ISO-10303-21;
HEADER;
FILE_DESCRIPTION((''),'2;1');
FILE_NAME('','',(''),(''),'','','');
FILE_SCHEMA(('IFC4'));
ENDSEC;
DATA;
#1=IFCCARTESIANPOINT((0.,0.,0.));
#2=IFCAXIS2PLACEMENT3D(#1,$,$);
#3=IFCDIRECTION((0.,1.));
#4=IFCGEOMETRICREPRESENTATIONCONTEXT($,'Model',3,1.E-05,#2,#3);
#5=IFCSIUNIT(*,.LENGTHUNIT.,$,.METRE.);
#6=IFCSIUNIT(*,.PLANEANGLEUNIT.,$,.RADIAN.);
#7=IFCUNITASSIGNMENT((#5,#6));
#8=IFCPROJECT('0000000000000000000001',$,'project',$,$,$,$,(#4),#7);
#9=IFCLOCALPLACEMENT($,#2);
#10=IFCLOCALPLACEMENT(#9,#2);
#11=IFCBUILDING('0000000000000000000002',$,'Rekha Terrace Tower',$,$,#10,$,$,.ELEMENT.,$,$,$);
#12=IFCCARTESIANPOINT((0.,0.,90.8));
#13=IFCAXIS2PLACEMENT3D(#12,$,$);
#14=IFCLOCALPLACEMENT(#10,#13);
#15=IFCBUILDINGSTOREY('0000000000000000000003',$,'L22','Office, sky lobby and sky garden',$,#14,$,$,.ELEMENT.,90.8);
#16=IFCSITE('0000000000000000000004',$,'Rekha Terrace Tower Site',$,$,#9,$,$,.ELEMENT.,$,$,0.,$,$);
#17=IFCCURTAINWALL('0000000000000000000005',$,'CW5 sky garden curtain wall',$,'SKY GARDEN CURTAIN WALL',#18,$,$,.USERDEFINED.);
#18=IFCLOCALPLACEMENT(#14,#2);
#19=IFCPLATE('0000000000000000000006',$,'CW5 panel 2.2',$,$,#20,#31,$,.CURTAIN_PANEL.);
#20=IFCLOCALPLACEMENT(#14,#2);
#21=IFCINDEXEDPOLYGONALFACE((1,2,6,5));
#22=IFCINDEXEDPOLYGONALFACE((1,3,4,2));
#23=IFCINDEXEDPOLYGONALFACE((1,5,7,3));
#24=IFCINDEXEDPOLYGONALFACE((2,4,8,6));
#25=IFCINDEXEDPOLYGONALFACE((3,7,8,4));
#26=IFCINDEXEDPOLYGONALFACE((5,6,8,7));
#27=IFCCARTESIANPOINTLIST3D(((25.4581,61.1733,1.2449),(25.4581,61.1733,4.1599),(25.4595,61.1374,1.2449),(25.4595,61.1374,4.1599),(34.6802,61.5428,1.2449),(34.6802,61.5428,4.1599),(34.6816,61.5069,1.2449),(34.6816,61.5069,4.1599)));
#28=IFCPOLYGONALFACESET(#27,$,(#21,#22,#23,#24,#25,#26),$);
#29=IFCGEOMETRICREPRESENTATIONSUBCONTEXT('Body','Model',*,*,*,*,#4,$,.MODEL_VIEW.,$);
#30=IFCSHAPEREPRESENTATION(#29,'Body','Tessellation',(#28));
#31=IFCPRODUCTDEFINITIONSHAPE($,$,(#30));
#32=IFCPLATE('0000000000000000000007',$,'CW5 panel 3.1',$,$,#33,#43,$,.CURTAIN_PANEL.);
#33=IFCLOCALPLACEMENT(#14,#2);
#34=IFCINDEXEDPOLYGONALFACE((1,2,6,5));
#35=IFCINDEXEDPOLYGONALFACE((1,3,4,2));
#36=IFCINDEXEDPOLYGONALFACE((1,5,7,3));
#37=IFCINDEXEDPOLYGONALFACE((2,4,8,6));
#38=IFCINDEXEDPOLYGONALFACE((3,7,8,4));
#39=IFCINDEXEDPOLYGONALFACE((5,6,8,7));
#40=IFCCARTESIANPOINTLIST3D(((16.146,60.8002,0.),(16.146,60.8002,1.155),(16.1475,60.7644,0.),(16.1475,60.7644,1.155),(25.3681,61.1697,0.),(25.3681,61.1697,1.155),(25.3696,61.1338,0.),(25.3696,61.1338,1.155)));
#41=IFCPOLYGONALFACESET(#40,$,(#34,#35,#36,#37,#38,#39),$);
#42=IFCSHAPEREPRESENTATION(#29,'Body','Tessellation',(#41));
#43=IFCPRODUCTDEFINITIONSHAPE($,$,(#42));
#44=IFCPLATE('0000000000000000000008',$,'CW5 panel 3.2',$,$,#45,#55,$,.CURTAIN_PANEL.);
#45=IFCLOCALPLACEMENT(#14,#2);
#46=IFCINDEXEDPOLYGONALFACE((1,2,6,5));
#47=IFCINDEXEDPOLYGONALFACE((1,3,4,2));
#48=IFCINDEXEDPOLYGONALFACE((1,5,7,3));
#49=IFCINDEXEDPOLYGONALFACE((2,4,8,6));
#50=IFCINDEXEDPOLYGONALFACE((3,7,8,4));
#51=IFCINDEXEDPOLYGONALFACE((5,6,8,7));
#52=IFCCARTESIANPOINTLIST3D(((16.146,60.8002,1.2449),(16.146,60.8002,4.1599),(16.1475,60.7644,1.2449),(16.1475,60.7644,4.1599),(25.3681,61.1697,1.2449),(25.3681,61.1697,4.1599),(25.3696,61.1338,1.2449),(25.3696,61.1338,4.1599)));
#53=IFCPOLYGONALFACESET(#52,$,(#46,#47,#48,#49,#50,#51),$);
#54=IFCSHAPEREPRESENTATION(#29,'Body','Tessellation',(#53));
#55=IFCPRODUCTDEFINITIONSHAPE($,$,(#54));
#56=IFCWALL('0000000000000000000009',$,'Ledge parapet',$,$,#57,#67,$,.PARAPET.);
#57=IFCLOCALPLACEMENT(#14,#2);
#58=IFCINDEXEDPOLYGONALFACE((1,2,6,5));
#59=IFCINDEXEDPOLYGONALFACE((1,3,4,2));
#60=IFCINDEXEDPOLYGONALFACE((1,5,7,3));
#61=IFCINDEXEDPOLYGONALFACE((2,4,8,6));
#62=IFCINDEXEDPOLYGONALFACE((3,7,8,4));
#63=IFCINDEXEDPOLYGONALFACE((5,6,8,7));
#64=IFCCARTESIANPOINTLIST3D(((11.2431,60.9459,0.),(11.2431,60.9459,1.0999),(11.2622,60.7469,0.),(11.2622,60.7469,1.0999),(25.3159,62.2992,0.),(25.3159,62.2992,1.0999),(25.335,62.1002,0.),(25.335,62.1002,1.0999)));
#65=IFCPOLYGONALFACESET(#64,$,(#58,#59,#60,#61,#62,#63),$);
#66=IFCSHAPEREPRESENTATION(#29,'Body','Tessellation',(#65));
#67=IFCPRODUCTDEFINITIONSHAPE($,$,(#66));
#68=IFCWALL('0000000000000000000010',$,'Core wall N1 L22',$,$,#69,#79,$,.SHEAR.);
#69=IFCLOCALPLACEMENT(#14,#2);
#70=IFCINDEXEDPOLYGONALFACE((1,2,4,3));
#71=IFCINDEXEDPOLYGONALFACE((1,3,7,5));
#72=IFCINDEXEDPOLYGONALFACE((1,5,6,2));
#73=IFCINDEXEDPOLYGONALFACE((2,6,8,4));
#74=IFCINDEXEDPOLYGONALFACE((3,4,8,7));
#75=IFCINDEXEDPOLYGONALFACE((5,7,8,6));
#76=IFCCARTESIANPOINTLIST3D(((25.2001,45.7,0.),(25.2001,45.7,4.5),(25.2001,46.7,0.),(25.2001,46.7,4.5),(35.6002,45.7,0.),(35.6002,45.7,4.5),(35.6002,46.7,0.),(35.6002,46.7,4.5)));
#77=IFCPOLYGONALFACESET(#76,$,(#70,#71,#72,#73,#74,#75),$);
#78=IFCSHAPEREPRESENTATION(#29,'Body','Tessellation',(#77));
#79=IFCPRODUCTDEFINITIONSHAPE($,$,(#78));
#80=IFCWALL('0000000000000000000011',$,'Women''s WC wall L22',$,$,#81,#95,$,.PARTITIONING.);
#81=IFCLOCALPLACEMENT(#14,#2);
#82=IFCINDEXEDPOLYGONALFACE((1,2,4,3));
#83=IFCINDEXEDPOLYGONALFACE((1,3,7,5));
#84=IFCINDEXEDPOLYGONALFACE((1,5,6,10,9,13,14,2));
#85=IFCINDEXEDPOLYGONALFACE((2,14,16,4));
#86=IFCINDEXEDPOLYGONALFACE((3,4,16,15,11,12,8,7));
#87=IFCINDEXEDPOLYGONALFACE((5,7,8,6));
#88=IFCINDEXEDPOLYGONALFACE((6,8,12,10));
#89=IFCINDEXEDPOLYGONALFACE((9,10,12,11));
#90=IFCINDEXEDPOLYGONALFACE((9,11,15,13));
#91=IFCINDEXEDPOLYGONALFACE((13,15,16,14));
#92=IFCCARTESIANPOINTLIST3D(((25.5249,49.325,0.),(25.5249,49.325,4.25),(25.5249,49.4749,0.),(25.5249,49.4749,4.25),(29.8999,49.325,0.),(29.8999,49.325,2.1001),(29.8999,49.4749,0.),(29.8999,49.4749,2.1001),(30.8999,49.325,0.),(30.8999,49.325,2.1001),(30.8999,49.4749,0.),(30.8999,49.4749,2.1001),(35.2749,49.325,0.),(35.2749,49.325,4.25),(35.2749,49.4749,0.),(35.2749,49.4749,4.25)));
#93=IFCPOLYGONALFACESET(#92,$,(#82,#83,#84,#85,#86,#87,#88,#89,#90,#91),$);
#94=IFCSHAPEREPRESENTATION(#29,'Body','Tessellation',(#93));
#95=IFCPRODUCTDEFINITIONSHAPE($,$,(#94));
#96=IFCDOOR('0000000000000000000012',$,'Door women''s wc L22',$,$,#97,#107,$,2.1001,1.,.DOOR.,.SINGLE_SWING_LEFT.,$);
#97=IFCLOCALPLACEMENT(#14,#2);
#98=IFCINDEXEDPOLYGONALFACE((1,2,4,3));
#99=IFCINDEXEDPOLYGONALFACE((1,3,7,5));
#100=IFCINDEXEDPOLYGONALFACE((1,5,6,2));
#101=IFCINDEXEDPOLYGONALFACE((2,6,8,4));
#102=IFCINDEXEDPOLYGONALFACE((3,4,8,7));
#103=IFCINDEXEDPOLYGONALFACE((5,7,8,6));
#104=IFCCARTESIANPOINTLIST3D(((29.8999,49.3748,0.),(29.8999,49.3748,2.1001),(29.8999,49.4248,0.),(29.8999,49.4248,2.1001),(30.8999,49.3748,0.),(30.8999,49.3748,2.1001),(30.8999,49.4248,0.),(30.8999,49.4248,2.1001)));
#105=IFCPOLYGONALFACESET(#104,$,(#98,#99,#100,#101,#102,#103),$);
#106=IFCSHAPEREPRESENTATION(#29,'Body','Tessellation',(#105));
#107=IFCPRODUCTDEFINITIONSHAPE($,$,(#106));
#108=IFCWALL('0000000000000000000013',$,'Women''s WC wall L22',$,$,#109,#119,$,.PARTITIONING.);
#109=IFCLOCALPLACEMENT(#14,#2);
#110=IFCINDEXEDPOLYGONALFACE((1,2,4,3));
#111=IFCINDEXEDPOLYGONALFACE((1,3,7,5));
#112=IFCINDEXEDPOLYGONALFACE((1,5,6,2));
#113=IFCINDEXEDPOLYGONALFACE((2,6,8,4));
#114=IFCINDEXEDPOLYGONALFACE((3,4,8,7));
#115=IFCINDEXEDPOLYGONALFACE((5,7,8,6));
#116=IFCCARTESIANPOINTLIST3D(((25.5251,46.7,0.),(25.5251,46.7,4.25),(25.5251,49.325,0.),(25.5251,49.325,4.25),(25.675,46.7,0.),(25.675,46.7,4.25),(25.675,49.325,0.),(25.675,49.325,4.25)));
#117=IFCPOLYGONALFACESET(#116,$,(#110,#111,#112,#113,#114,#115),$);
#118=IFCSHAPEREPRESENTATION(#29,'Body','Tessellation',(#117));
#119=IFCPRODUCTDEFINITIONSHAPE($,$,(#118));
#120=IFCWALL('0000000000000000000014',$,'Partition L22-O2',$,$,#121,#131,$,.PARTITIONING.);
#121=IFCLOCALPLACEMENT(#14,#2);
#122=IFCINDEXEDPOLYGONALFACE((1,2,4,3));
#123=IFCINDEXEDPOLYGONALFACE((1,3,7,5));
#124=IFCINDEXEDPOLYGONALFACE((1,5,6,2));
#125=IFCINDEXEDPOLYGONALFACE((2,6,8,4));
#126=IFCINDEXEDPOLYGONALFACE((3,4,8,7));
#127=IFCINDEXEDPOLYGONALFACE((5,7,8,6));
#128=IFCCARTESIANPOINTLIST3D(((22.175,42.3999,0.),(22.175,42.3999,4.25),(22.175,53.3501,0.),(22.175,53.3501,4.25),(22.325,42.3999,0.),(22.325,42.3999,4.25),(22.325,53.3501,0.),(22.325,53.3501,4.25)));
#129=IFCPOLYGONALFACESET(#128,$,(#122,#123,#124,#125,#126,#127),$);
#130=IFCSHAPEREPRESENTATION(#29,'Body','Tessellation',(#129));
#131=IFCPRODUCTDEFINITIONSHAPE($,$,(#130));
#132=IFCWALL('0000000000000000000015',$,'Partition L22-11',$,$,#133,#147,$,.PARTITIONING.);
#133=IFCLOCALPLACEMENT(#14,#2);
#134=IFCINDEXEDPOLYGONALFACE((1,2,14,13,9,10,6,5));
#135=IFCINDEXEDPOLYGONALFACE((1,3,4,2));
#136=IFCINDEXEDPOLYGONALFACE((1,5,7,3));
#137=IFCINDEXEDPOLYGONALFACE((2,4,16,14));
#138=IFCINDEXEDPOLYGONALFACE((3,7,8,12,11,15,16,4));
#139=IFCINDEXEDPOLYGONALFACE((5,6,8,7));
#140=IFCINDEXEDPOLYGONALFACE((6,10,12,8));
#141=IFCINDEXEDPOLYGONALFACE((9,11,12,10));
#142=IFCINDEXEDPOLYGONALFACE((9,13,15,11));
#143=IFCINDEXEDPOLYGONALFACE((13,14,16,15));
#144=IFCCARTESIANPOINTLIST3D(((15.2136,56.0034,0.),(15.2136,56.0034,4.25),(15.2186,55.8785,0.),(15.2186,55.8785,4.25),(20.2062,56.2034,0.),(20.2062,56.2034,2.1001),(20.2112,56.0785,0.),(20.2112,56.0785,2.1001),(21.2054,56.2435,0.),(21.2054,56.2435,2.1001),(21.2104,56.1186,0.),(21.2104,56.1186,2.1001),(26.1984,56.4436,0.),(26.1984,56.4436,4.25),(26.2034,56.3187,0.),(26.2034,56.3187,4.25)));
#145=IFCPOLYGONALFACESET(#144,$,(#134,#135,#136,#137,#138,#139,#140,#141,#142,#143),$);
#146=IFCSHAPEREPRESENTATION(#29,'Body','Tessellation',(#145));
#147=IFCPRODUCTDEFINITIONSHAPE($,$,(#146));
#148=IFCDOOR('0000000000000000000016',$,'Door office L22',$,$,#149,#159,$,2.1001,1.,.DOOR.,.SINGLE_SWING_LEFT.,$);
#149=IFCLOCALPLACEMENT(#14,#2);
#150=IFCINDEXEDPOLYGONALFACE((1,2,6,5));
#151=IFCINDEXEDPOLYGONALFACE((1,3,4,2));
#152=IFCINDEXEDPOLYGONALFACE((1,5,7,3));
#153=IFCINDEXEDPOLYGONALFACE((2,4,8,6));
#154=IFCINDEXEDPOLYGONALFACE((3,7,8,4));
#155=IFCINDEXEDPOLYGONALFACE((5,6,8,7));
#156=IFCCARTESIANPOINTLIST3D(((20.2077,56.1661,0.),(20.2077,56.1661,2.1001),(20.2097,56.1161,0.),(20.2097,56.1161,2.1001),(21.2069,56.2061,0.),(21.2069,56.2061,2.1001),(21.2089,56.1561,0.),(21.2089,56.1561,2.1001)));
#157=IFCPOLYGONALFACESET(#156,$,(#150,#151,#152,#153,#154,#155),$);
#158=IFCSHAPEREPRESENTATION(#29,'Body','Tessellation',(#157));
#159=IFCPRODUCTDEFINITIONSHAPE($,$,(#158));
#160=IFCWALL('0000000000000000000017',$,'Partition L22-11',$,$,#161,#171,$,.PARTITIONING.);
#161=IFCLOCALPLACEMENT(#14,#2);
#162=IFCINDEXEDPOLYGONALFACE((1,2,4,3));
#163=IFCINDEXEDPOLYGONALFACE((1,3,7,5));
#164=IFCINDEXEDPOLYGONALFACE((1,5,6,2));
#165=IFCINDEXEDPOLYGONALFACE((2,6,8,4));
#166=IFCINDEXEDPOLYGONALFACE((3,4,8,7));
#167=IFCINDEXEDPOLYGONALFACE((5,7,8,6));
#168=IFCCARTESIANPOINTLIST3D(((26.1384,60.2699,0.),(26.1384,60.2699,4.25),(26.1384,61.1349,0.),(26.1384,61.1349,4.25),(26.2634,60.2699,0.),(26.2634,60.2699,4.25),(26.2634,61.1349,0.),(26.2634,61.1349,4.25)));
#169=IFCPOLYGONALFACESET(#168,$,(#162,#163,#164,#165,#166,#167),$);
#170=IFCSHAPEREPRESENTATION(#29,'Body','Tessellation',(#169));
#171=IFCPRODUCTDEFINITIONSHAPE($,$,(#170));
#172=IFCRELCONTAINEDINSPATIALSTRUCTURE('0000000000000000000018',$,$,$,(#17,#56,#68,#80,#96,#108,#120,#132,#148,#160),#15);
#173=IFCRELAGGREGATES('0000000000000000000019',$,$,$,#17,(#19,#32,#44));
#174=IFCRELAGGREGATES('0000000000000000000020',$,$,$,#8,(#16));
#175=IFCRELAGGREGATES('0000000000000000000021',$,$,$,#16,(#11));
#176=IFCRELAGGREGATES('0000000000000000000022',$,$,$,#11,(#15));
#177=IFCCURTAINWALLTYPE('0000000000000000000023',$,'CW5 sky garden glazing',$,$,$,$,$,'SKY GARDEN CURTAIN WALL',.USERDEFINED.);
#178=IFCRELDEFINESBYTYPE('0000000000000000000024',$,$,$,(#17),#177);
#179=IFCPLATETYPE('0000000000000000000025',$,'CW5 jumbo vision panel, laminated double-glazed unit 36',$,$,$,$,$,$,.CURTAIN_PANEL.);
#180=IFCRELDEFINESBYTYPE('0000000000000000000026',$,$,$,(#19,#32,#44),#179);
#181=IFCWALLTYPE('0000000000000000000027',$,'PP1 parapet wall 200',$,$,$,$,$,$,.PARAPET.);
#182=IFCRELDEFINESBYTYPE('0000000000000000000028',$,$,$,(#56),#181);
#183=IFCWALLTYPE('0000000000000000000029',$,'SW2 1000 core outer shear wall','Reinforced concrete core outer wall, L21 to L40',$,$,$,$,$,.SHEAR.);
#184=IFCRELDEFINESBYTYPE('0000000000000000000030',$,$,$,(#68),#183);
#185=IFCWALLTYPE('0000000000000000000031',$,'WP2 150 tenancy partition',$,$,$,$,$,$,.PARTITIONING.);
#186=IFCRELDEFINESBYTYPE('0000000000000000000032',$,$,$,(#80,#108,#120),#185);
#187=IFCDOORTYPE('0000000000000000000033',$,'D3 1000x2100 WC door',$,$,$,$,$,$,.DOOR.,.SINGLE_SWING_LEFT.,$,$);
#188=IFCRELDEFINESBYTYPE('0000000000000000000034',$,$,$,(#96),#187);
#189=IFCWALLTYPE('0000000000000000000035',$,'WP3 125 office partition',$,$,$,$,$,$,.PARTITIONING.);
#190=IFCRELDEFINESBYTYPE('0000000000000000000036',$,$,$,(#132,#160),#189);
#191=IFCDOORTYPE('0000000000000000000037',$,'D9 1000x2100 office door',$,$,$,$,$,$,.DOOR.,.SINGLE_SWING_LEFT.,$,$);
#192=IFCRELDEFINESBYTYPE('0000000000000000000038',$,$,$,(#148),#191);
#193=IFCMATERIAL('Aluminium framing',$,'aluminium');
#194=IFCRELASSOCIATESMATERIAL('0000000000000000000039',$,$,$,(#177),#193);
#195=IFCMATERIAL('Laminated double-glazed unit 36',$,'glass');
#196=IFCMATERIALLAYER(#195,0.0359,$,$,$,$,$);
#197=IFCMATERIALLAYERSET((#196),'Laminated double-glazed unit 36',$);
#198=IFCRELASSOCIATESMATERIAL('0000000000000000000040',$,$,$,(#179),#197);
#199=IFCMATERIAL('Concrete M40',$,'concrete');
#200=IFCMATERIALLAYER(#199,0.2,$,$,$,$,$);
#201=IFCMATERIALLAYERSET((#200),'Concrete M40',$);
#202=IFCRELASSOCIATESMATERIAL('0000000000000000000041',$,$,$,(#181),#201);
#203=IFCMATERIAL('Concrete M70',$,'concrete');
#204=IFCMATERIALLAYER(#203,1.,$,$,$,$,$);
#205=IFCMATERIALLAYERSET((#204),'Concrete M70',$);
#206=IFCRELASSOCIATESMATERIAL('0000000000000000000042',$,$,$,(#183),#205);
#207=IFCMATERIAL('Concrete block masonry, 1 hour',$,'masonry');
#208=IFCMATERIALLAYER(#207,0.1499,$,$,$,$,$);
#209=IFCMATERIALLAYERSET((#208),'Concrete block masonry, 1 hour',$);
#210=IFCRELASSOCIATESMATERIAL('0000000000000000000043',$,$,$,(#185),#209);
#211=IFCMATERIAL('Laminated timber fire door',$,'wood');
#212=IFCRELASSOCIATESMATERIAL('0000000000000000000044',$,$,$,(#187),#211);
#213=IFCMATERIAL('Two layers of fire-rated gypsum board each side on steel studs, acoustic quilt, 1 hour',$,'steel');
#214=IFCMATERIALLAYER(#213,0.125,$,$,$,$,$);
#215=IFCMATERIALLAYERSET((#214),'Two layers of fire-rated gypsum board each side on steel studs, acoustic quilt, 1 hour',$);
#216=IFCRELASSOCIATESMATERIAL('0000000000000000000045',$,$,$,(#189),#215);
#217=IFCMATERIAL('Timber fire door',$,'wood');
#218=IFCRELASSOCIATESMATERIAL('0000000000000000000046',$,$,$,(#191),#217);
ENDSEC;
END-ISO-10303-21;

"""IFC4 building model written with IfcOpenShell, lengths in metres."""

from ifc_helpers import new_model, si_unit, direction, frame, frame_2d, origin, origin_2d, place, context, subcontext, project, spatial, rectangle, extrude, material, layer, layer_set, type_object, element, fill, aggregate, save


model = new_model("IFC4")

# Units and contexts
model_context = context("Model", 3, precision=1e-05, world=origin(), true_north=direction((0.0, 1.0)))
body_context = subcontext(model_context, "Body", "Model", "MODEL_VIEW")
ifc_project = project(units=[si_unit("LENGTHUNIT", "METRE"), si_unit("PLANEANGLEUNIT", "RADIAN")], contexts=[model_context])

# Site, building, storey
site_placement = place(None, origin())
site = spatial("IfcSite", under=ifc_project, at=site_placement, Name="Rekha Terrace Tower Site", CompositionType="ELEMENT", RefElevation=0.0)
building_placement = place(site_placement, origin())
building = spatial("IfcBuilding", under=site, at=building_placement, Name="Rekha Terrace Tower", CompositionType="ELEMENT")
storey_placement = place(building_placement, frame((0.0, 0.0, 90.8)))
storey = spatial("IfcBuildingStorey", under=building, at=storey_placement, Name="L22", Description="Office, sky lobby and sky garden", CompositionType="ELEMENT", Elevation=90.8)

# Shared definitions
ifc_material_1 = material(Name="Concrete M70", Category="concrete")

# Curtain wall, plates
ifc_material_2 = material(Name="Aluminium framing", Category="aluminium")
curtain_wall_type = type_object("IfcCurtainWallType", Name="CW5 sky garden glazing", ElementType="SKY GARDEN CURTAIN WALL", PredefinedType="USERDEFINED", material=ifc_material_2)
curtain_wall_placement = place(storey_placement, origin())
curtain_wall = element("IfcCurtainWall", 1, at=curtain_wall_placement, inside=storey, type_object=curtain_wall_type, Name="CW5 sky garden curtain wall", ObjectType="SKY GARDEN CURTAIN WALL", PredefinedType="USERDEFINED")
ifc_material_3 = material(Name="Laminated double-glazed unit 36", Category="glass")
ifc_layer_1 = layer(ifc_material_3, 0.0359)
ifc_layer_set_1 = layer_set([ifc_layer_1], Name="Laminated double-glazed unit 36")
plate_type = type_object("IfcPlateType", Name="CW5 jumbo vision panel, laminated double-glazed unit 36", PredefinedType="CURTAIN_PANEL", material=ifc_layer_set_1)
plate_1_placement = place(storey_placement, frame((30.0698, 61.3401, 1.2449), z_axis=(0.0, 0.0, 1.0), x_axis=(-0.999198, -0.040032, 0.0)))
plate_1 = element("IfcPlate", 2, at=plate_1_placement, type_object=plate_type, Name="CW5 panel 2.2", PredefinedType="CURTAIN_PANEL", context=body_context, shape_type="SweptSolid", body=[
    extrude(rectangle(XDim=9.2295, YDim=0.0359, at=origin_2d()), origin(), (0.0, 0.0, 1.0), 2.915),
])
plate_2_placement = place(storey_placement, frame((20.7578, 60.967, 0.0), z_axis=(0.0, 0.0, 1.0), x_axis=(-0.999198, -0.040032, 0.0)))
plate_2 = element("IfcPlate", 3, at=plate_2_placement, type_object=plate_type, Name="CW5 panel 3.1", PredefinedType="CURTAIN_PANEL", context=body_context, shape_type="SweptSolid", body=[
    extrude(rectangle(XDim=9.2295, YDim=0.0359, at=origin_2d()), origin(), (0.0, 0.0, 1.0), 1.155),
])
plate_3_placement = place(storey_placement, frame((20.7578, 60.967, 1.2449), z_axis=(0.0, 0.0, 1.0), x_axis=(-0.999198, -0.040032, 0.0)))
plate_3 = element("IfcPlate", 4, at=plate_3_placement, type_object=plate_type, Name="CW5 panel 3.2", PredefinedType="CURTAIN_PANEL", context=body_context, shape_type="SweptSolid", body=[
    extrude(rectangle(XDim=9.2295, YDim=0.0359, at=origin_2d()), origin(), (0.0, 0.0, 1.0), 2.915),
])
aggregate(curtain_wall, [plate_1, plate_2, plate_3])

# Walls
ifc_material_4 = material(Name="Concrete M40", Category="concrete")
ifc_layer_2 = layer(ifc_material_4, 0.2)
ifc_layer_set_2 = layer_set([ifc_layer_2], Name="Concrete M40")
wall_type_1 = type_object("IfcWallType", Name="PP1 parapet wall 200", PredefinedType="PARAPET", material=ifc_layer_set_2)
wall_1_placement = place(storey_placement, frame((25.3254, 62.1997, 0.0), z_axis=(0.0, 0.0, 1.0), x_axis=(-0.995408, -0.095721, 0.0)))
element("IfcWall", 5, at=wall_1_placement, inside=storey, type_object=wall_type_1, Name="Ledge parapet", PredefinedType="PARAPET", context=body_context, shape_type="SweptSolid", body=[
    extrude(rectangle(XDim=14.1377, YDim=0.2, at=frame_2d((7.0688, 0.0))), origin(), (0.0, 0.0, 1.0), 1.0999),
])
ifc_layer_3 = layer(ifc_material_1, 1.0)
ifc_layer_set_3 = layer_set([ifc_layer_3], Name="Concrete M70")
wall_type_2 = type_object("IfcWallType", Name="SW2 1000 core outer shear wall", Description="Reinforced concrete core outer wall, L21 to L40", PredefinedType="SHEAR", material=ifc_layer_set_3)
wall_2_placement = place(storey_placement, frame((25.2, 46.2, 0.0), z_axis=(0.0, 0.0, 1.0), x_axis=(1.0, 0.0, 0.0)))
element("IfcWall", 6, at=wall_2_placement, inside=storey, type_object=wall_type_2, Name="Core wall N1 L22", PredefinedType="SHEAR", context=body_context, shape_type="SweptSolid", body=[
    extrude(rectangle(XDim=10.4001, YDim=1.0, at=frame_2d((5.2002, 0.0))), origin(), (0.0, 0.0, 1.0), 4.5),
])

# Wall, opening, door
ifc_material_5 = material(Name="Concrete block masonry, 1 hour", Category="masonry")
ifc_layer_4 = layer(ifc_material_5, 0.1499)
ifc_layer_set_4 = layer_set([ifc_layer_4], Name="Concrete block masonry, 1 hour")
wall_type_3 = type_object("IfcWallType", Name="WP2 150 tenancy partition", PredefinedType="PARTITIONING", material=ifc_layer_set_4)
wall_3_placement = place(storey_placement, frame((25.5249, 49.3999, 0.0), z_axis=(0.0, 0.0, 1.0), x_axis=(1.0, 0.0, 0.0)))
wall_3 = element("IfcWall", 7, at=wall_3_placement, inside=storey, type_object=wall_type_3, Name="Women's WC wall L22", PredefinedType="PARTITIONING", context=body_context, shape_type="SweptSolid", body=[
    extrude(rectangle(XDim=9.75, YDim=0.1499, at=frame_2d((4.875, 0.0))), origin(), (0.0, 0.0, 1.0), 4.25),
])
opening_1_placement = place(wall_3_placement, frame((4.375, 0.0, 0.0)))
opening_1 = element("IfcOpeningElement", 8, at=opening_1_placement, cuts=wall_3, PredefinedType="OPENING", context=body_context, shape_type="SweptSolid", body=[
    extrude(rectangle(XDim=1.0, YDim=2.1001, at=frame_2d((0.5, 1.05))), frame((0.0, 0.085, 0.0), z_axis=(0.0, -1.0, 0.0), x_axis=(1.0, 0.0, 0.0)), (0.0, 0.0, 1.0), 0.1699),
])
ifc_material_6 = material(Name="Laminated timber fire door", Category="wood")
door_type_1 = type_object("IfcDoorType", Name="D3 1000x2100 WC door", OperationType="SINGLE_SWING_LEFT", PredefinedType="DOOR", material=ifc_material_6)
door_1_placement = place(opening_1_placement, origin())
door_1 = element("IfcDoor", 9, at=door_1_placement, inside=storey, type_object=door_type_1, Name="Door women's wc L22", OperationType="SINGLE_SWING_LEFT", OverallHeight=2.1001, OverallWidth=1.0, PredefinedType="DOOR", context=body_context, shape_type="SweptSolid", body=[
    extrude(rectangle(XDim=1.0, YDim=2.1001, at=frame_2d((0.5, 1.05))), frame((0.0, 0.0249, 0.0), z_axis=(0.0, -1.0, 0.0), x_axis=(1.0, 0.0, 0.0)), (0.0, 0.0, 1.0), 0.05),
])
fill(opening_1, door_1)

# Walls
wall_4_placement = place(storey_placement, frame((25.6001, 46.7, 0.0), z_axis=(0.0, 0.0, 1.0), x_axis=(0.0, 1.0, 0.0)))
element("IfcWall", 10, at=wall_4_placement, inside=storey, type_object=wall_type_3, Name="Women's WC wall L22", PredefinedType="PARTITIONING", context=body_context, shape_type="SweptSolid", body=[
    extrude(rectangle(XDim=2.625, YDim=0.1499, at=frame_2d((1.3125, 0.0))), origin(), (0.0, 0.0, 1.0), 4.25),
])
wall_5_placement = place(storey_placement, frame((22.25, 53.3501, 0.0), z_axis=(0.0, 0.0, 1.0), x_axis=(0.0, -1.0, 0.0)))
element("IfcWall", 11, at=wall_5_placement, inside=storey, type_object=wall_type_3, Name="Partition L22-O2", PredefinedType="PARTITIONING", context=body_context, shape_type="SweptSolid", body=[
    extrude(rectangle(XDim=10.9502, YDim=0.1499, at=frame_2d((5.4751, 0.0))), origin(), (0.0, 0.0, 1.0), 4.25),
])

# Wall, opening, door
ifc_material_7 = material(Name="Two layers of fire-rated gypsum board each side on steel studs, acoustic quilt, 1 hour", Category="steel")
ifc_layer_5 = layer(ifc_material_7, 0.125)
ifc_layer_set_5 = layer_set([ifc_layer_5], Name="Two layers of fire-rated gypsum board each side on steel studs, acoustic quilt, 1 hour")
wall_type_4 = type_object("IfcWallType", Name="WP3 125 office partition", PredefinedType="PARTITIONING", material=ifc_layer_set_5)
wall_6_placement = place(storey_placement, frame((26.2009, 56.3811, 0.0), z_axis=(0.0, 0.0, 1.0), x_axis=(-0.999198, -0.04004, 0.0)))
wall_6 = element("IfcWall", 12, at=wall_6_placement, inside=storey, type_object=wall_type_4, Name="Partition L22-11", PredefinedType="PARTITIONING", context=body_context, shape_type="SweptSolid", body=[
    extrude(rectangle(XDim=10.9937, YDim=0.125, at=frame_2d((5.4968, 0.0))), origin(), (0.0, 0.0, 1.0), 4.25),
])
opening_2_placement = place(wall_6_placement, frame((4.9971, 0.0, 0.0)))
opening_2 = element("IfcOpeningElement", 13, at=opening_2_placement, cuts=wall_6, PredefinedType="OPENING", context=body_context, shape_type="SweptSolid", body=[
    extrude(rectangle(XDim=1.0, YDim=2.1001, at=frame_2d((0.5, 1.05))), frame((0.0, 0.0725, 0.0), z_axis=(0.0, -1.0, 0.0), x_axis=(1.0, 0.0, 0.0)), (0.0, 0.0, 1.0), 0.145),
])
ifc_material_8 = material(Name="Timber fire door", Category="wood")
door_type_2 = type_object("IfcDoorType", Name="D9 1000x2100 office door", OperationType="SINGLE_SWING_LEFT", PredefinedType="DOOR", material=ifc_material_8)
door_2_placement = place(opening_2_placement, origin())
door_2 = element("IfcDoor", 14, at=door_2_placement, inside=storey, type_object=door_type_2, Name="Door office L22", OperationType="SINGLE_SWING_LEFT", OverallHeight=2.1001, OverallWidth=1.0, PredefinedType="DOOR", context=body_context, shape_type="SweptSolid", body=[
    extrude(rectangle(XDim=1.0, YDim=2.1001, at=frame_2d((0.5, 1.05))), frame((0.0, 0.0249, 0.0), z_axis=(0.0, -1.0, 0.0), x_axis=(1.0, 0.0, 0.0)), (0.0, 0.0, 1.0), 0.05),
])
fill(opening_2, door_2)

# Wall
wall_7_placement = place(storey_placement, frame((26.2009, 61.135, 0.0), z_axis=(0.0, 0.0, 1.0), x_axis=(0.0, -1.0, 0.0)))
element("IfcWall", 15, at=wall_7_placement, inside=storey, type_object=wall_type_4, Name="Partition L22-11", PredefinedType="PARTITIONING", context=body_context, shape_type="SweptSolid", body=[
    extrude(rectangle(XDim=0.865, YDim=0.125, at=frame_2d((0.4326, 0.0))), origin(), (0.0, 0.0, 1.0), 4.25),
])

save(model, "model.ifc")
